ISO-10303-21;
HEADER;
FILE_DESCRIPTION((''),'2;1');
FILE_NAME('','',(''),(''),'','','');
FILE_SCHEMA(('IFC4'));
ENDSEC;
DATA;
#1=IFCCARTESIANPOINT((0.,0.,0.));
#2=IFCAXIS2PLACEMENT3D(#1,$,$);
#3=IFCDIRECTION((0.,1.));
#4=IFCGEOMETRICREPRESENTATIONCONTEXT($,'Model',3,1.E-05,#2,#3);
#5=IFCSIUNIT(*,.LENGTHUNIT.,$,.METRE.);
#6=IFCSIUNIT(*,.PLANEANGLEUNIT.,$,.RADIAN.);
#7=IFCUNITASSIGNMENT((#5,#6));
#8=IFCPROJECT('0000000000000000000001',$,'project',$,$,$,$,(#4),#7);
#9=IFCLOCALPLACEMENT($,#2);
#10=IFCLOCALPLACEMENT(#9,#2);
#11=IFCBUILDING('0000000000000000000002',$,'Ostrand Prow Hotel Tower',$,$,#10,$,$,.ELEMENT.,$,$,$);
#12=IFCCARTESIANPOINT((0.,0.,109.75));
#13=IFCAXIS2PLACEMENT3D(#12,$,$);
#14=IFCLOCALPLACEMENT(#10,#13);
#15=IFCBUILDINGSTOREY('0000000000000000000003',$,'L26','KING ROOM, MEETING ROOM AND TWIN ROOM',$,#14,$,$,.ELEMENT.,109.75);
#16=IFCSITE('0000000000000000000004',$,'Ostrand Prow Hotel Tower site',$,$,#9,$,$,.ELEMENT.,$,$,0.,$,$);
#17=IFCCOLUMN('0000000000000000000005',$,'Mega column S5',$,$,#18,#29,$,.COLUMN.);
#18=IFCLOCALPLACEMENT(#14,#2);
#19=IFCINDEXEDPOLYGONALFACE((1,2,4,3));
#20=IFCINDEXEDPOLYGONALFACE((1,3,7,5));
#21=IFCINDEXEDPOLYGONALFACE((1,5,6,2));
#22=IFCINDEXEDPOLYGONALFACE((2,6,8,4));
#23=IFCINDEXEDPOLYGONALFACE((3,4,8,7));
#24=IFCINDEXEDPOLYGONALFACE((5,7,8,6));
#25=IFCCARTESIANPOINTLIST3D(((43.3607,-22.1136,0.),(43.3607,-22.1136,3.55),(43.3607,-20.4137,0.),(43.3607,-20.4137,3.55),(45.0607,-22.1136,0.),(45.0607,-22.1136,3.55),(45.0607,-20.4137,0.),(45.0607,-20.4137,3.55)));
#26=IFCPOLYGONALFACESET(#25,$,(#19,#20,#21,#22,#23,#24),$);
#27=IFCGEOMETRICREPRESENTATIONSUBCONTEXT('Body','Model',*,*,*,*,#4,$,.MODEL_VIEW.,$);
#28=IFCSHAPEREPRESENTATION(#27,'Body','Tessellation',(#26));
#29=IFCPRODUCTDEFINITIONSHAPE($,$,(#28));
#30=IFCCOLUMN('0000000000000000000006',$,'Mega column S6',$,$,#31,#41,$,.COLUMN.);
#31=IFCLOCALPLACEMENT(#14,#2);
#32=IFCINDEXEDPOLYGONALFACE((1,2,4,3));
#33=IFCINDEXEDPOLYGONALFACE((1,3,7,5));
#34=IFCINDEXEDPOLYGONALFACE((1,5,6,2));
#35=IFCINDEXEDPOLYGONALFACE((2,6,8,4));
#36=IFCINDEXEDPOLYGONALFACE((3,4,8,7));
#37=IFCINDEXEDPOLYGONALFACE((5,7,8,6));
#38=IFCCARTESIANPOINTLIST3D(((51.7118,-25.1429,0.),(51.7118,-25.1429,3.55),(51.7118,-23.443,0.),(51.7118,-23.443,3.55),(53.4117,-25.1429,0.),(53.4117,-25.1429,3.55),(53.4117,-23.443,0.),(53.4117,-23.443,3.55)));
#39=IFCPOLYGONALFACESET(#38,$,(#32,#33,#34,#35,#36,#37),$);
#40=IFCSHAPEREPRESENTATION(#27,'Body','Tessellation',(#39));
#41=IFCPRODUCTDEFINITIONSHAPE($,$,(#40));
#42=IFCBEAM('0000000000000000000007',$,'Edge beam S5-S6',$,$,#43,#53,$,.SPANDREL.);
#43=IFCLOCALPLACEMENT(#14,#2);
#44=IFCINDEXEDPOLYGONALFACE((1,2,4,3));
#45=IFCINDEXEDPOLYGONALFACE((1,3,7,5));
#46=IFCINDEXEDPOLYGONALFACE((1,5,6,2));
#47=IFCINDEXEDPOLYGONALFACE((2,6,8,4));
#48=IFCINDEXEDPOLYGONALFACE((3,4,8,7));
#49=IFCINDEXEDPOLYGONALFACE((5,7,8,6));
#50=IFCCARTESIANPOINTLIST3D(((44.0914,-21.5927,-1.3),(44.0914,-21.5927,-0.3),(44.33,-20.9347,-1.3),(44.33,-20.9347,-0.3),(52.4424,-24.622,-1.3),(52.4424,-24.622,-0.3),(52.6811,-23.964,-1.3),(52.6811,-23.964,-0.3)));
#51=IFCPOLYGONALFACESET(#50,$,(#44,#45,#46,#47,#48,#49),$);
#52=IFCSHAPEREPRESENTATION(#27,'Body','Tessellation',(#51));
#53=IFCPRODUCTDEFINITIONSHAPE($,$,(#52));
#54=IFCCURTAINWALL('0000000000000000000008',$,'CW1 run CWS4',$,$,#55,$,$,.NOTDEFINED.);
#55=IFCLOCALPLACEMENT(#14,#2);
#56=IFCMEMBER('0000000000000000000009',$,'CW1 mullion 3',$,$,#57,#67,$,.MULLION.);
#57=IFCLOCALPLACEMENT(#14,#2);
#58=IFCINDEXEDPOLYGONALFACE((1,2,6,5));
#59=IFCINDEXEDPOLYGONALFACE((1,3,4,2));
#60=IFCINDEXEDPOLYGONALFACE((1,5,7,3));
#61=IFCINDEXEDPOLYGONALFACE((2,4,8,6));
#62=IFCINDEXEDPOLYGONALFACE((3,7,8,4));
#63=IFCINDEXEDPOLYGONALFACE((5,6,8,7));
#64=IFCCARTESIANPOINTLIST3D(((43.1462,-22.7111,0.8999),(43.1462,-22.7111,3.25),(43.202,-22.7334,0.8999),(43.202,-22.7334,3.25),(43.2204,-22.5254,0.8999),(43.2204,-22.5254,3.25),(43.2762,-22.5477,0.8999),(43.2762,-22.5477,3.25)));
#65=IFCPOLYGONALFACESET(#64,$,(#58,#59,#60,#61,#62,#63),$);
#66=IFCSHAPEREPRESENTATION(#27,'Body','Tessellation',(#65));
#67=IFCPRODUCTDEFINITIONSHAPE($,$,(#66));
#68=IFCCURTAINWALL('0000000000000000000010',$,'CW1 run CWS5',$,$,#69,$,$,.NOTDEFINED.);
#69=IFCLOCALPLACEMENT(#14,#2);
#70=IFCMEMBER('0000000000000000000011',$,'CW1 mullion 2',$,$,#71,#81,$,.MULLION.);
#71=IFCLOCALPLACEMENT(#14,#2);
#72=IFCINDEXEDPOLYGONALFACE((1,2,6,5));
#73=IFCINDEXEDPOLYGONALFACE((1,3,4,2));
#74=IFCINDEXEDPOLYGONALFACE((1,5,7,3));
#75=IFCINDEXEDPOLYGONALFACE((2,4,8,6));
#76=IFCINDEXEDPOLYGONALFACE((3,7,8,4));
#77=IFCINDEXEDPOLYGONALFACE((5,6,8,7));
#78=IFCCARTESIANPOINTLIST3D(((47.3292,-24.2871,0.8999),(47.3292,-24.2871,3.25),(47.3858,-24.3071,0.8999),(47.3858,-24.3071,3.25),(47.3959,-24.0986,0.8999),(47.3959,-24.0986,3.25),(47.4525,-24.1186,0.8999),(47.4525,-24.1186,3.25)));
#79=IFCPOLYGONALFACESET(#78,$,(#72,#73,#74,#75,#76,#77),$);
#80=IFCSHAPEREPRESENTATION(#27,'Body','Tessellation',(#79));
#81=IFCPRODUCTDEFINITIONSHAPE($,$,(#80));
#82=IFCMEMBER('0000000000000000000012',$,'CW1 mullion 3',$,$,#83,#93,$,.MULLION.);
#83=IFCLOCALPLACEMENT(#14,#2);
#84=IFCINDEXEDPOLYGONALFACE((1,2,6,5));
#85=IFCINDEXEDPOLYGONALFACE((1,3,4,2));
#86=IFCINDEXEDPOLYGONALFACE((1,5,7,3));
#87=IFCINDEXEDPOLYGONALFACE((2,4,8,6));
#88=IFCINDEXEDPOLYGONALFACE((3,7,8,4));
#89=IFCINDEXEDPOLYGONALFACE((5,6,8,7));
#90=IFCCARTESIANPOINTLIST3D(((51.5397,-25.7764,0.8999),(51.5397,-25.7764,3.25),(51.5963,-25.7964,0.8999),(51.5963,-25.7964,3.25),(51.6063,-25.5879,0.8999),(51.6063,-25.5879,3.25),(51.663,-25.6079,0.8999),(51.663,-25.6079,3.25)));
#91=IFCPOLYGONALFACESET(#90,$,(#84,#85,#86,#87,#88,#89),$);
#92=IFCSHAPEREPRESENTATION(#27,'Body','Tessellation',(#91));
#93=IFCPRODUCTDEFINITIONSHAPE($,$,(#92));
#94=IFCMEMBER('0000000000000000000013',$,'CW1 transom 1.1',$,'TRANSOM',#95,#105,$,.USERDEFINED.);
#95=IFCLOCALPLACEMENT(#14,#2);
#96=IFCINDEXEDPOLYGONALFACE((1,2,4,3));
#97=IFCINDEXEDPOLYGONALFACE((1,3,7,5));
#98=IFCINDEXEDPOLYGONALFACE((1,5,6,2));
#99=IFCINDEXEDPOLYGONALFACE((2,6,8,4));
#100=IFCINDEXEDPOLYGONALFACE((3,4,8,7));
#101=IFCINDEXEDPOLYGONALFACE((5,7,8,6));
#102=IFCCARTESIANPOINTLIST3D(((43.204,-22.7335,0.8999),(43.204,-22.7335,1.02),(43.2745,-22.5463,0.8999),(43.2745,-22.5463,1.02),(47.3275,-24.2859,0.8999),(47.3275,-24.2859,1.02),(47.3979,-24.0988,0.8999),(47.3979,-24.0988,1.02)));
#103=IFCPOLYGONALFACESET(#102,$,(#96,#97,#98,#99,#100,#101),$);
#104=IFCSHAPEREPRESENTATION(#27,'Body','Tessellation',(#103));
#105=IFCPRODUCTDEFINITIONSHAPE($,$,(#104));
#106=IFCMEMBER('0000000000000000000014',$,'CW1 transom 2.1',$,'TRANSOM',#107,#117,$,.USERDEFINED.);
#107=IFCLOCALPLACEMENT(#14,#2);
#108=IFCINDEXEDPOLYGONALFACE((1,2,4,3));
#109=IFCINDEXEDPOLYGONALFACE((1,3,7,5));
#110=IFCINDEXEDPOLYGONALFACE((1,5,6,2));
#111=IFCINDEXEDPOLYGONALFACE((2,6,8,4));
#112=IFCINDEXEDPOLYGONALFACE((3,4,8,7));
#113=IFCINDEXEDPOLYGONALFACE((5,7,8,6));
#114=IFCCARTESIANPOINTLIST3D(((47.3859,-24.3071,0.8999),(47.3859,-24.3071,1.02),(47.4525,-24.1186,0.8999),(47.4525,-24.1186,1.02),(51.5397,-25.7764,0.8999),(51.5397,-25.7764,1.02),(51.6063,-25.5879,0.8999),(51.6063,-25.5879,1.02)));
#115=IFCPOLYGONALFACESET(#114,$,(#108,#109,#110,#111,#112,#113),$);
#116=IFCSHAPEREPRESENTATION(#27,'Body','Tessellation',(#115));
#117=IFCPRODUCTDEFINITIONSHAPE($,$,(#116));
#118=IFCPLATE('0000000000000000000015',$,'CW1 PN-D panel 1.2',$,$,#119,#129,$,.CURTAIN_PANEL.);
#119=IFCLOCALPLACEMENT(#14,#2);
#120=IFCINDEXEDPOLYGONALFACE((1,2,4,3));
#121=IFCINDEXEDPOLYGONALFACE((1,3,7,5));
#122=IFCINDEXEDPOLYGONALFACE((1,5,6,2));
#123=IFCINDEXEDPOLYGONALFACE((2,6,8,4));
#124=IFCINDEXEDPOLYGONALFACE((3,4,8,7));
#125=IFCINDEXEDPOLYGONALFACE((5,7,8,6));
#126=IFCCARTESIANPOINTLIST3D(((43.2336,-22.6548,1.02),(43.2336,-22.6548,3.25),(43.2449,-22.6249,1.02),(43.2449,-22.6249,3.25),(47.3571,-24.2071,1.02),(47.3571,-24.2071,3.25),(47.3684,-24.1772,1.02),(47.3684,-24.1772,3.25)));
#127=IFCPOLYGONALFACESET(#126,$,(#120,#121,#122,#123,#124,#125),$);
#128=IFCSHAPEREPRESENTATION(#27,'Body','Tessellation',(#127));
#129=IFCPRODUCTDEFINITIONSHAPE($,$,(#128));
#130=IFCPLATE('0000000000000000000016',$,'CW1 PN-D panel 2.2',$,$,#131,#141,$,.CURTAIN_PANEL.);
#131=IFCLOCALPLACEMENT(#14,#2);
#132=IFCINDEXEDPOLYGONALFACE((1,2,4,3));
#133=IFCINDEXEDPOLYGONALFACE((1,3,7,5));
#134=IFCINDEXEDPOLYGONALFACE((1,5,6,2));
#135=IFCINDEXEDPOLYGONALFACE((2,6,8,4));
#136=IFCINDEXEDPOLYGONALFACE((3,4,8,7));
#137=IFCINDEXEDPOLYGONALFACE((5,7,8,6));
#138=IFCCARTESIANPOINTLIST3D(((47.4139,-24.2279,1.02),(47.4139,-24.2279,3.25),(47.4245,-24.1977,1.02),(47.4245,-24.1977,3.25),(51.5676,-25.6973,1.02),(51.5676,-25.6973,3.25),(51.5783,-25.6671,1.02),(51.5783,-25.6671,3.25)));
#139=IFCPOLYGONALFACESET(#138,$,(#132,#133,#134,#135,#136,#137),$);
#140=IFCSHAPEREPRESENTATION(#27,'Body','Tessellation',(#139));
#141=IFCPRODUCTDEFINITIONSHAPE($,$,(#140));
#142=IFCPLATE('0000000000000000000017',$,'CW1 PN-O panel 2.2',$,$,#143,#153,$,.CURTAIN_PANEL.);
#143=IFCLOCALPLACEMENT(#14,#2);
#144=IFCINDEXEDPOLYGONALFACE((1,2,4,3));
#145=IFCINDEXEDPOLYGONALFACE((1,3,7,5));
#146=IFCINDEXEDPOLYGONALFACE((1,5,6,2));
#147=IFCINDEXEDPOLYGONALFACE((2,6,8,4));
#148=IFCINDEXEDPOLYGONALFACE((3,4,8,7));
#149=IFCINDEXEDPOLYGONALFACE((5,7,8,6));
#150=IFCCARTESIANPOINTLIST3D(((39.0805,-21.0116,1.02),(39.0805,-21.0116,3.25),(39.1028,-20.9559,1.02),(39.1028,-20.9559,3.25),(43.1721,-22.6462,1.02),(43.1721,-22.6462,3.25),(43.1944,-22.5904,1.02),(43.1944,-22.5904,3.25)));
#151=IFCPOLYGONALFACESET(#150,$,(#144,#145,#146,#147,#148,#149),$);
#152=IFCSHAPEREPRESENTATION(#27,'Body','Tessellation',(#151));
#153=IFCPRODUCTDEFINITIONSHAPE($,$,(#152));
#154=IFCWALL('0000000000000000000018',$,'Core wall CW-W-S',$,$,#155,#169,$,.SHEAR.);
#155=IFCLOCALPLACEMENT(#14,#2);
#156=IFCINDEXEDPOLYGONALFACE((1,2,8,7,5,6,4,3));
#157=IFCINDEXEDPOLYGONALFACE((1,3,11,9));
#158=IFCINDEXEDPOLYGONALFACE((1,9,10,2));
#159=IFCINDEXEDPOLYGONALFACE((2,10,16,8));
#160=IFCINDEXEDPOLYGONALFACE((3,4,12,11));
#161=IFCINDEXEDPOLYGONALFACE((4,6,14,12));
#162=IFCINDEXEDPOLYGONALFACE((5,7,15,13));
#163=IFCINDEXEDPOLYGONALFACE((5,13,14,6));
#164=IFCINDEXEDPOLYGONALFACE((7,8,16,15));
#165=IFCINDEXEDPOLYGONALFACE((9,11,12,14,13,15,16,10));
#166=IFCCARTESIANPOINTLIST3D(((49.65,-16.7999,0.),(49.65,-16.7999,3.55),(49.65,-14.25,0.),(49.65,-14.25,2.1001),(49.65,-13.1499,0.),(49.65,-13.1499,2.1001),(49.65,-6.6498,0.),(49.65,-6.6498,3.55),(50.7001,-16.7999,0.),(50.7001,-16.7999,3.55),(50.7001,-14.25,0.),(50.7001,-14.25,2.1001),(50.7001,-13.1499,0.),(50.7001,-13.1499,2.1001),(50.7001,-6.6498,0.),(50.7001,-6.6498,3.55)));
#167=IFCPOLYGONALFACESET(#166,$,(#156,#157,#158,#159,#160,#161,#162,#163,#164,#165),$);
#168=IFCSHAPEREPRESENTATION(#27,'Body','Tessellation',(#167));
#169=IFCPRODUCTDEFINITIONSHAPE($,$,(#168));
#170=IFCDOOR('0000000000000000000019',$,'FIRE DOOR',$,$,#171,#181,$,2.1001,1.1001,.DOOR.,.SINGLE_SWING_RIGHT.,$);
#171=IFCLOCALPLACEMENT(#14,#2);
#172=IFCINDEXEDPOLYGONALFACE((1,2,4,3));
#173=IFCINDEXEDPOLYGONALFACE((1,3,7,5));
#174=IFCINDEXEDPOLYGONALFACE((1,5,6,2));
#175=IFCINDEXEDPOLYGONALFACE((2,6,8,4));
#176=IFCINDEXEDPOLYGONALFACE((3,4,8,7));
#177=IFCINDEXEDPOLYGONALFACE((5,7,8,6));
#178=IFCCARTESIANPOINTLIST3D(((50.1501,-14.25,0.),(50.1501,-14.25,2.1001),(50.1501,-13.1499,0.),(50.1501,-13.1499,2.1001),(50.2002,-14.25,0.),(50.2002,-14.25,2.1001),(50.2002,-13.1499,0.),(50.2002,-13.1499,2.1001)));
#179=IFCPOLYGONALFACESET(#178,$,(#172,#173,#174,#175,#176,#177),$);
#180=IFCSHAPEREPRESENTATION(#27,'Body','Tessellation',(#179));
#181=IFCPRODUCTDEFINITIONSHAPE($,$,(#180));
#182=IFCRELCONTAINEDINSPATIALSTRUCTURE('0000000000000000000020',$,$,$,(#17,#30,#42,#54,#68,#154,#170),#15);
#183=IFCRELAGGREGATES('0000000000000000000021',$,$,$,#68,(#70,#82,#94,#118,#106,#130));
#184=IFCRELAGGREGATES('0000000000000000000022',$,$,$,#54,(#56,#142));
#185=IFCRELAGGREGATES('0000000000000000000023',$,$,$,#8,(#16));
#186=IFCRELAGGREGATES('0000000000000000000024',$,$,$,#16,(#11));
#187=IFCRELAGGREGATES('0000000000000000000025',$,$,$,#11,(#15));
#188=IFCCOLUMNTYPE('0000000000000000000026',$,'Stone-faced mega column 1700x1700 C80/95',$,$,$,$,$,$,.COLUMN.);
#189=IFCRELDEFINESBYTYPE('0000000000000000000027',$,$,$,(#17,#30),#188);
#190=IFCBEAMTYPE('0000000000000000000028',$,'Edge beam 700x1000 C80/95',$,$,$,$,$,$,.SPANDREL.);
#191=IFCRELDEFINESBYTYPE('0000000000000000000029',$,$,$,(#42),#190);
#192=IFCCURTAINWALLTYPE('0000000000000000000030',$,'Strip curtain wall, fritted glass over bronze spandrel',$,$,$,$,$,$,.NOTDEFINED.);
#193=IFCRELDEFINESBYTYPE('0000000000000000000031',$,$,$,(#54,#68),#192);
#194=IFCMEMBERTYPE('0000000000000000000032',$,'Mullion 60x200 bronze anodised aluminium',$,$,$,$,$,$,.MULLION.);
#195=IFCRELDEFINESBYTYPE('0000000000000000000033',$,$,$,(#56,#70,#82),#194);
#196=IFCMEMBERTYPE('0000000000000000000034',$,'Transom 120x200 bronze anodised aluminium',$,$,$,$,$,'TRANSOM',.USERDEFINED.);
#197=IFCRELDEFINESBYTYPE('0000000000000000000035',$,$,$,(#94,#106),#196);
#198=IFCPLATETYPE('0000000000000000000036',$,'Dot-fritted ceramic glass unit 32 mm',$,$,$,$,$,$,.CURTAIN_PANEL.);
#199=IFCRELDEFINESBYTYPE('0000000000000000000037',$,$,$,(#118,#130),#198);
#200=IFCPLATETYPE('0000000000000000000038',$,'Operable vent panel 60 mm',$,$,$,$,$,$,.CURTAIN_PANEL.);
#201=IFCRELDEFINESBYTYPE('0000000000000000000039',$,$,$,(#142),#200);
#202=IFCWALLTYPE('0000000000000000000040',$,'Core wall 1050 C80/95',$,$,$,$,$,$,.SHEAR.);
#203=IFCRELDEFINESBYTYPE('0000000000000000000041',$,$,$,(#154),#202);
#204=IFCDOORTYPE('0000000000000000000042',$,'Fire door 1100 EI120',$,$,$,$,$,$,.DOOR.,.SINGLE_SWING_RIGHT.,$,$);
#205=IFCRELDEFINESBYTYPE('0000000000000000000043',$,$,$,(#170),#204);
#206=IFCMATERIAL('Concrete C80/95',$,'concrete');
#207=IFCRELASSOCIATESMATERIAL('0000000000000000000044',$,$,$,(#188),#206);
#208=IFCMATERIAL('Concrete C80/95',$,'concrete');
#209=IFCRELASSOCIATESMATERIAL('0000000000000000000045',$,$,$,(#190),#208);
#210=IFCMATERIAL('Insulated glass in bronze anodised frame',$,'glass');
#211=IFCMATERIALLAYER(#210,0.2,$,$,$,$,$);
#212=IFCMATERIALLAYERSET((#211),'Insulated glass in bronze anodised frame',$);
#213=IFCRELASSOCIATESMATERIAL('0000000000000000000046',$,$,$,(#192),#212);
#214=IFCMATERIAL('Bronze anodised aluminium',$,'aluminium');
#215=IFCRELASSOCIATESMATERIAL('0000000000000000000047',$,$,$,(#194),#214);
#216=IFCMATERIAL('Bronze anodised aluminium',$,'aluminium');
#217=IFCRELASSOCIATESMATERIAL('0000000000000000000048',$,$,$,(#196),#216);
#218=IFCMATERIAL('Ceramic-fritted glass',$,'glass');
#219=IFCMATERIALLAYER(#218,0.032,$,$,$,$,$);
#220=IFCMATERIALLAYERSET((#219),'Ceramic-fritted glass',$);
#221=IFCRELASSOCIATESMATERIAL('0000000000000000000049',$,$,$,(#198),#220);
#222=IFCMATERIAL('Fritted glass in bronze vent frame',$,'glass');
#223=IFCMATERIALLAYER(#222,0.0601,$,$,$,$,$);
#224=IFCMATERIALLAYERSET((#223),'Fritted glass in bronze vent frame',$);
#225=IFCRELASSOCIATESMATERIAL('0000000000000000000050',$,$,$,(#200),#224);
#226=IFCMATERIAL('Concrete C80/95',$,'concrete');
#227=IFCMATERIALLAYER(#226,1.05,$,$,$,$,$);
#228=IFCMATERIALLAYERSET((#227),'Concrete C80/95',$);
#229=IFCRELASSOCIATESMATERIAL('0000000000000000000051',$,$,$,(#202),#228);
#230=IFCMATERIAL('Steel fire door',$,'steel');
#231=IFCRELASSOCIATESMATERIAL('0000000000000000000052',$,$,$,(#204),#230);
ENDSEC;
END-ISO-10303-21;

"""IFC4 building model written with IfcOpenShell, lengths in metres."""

from ifc_helpers import new_model, si_unit, direction, frame, frame_2d, origin, origin_2d, place, context, subcontext, project, spatial, rectangle, extrude, material, layer, layer_set, material_profile, profile_set, type_object, element, fill, aggregate, save


model = new_model("IFC4")

# Units and contexts
model_context = context("Model", 3, precision=1e-05, world=origin(), true_north=direction((0.0, 1.0)))
body_context = subcontext(model_context, "Body", "Model", "MODEL_VIEW")
ifc_project = project(units=[si_unit("LENGTHUNIT", "METRE"), si_unit("PLANEANGLEUNIT", "RADIAN")], contexts=[model_context])

# Site, building, storey
site_placement = place(None, origin())
site = spatial("IfcSite", under=ifc_project, at=site_placement, Name="Ostrand Prow Hotel Tower site", CompositionType="ELEMENT", RefElevation=0.0)
building_placement = place(site_placement, origin())
building = spatial("IfcBuilding", under=site, at=building_placement, Name="Ostrand Prow Hotel Tower", CompositionType="ELEMENT")
storey_placement = place(building_placement, frame((0.0, 0.0, 109.75)))
storey = spatial("IfcBuildingStorey", under=building, at=storey_placement, Name="L26", Description="KING ROOM, MEETING ROOM AND TWIN ROOM", CompositionType="ELEMENT", Elevation=109.75)

# Columns
ifc_material_1 = material(Name="Concrete C80/95", Category="concrete")
ifc_material_profile_1 = material_profile(ifc_material_1, rectangle(XDim=1.7, YDim=1.7, at=origin_2d()), Name="RC 1700x1700")
ifc_profile_set_1 = profile_set([ifc_material_profile_1], Name="Concrete C80/95")
column_type = type_object("IfcColumnType", Name="Stone-faced mega column 1700x1700 C80/95", PredefinedType="COLUMN", material=ifc_profile_set_1)
for number, where, z_axis, x_axis, name in (
    (1, (44.2107, -21.2637, 0.0), (0.0, 0.0, 1.0), (1.0, 0.0, 0.0), "Mega column S5"),
    (2, (52.5618, -24.293, 0.0), (0.0, 0.0, 1.0), (1.0, 0.0, 0.0), "Mega column S6"),
):
    element("IfcColumn", number, at=place(storey_placement, frame(where, z_axis=z_axis, x_axis=x_axis)), inside=storey, type_object=column_type, Name=name, PredefinedType="COLUMN", context=body_context, shape_type="SweptSolid", body=[
        extrude(rectangle(XDim=1.7, YDim=1.7, at=origin_2d()), origin(), (0.0, 0.0, 1.0), 3.55),
    ])

# Beam
ifc_material_2 = material(Name="Concrete C80/95", Category="concrete")
ifc_material_profile_2 = material_profile(ifc_material_2, rectangle(XDim=0.7, YDim=1.0, at=origin_2d()), Name="RC 700x1000")
ifc_profile_set_2 = profile_set([ifc_material_profile_2], Name="Concrete C80/95")
beam_type = type_object("IfcBeamType", Name="Edge beam 700x1000 C80/95", PredefinedType="SPANDREL", material=ifc_profile_set_2)
beam_placement = place(storey_placement, frame((44.2107, -21.2637, -0.8), z_axis=(0.940063, -0.341002, 0.0), x_axis=(0.341002, 0.940063, 0.0)))
element("IfcBeam", 3, at=beam_placement, inside=storey, type_object=beam_type, Name="Edge beam S5-S6", PredefinedType="SPANDREL", context=body_context, shape_type="SweptSolid", body=[
    extrude(rectangle(XDim=0.7, YDim=1.0, at=origin_2d()), origin(), (0.0, 0.0, 1.0), 8.8835),
])

# Curtain wall, member
ifc_material_3 = material(Name="Insulated glass in bronze anodised frame", Category="glass")
ifc_layer_1 = layer(ifc_material_3, 0.2)
ifc_layer_set_1 = layer_set([ifc_layer_1], Name="Insulated glass in bronze anodised frame")
curtain_wall_type = type_object("IfcCurtainWallType", Name="Strip curtain wall, fritted glass over bronze spandrel", PredefinedType="NOTDEFINED", material=ifc_layer_set_1)
curtain_wall_1_placement = place(storey_placement, origin())
curtain_wall_1 = element("IfcCurtainWall", 4, at=curtain_wall_1_placement, inside=storey, type_object=curtain_wall_type, Name="CW1 run CWS4", PredefinedType="NOTDEFINED")
ifc_material_4 = material(Name="Bronze anodised aluminium", Category="aluminium")
ifc_material_profile_3 = material_profile(ifc_material_4, rectangle(XDim=0.2, YDim=0.0601, at=origin_2d()), Name="Mullion 60x200 bronze anodised aluminium")
ifc_profile_set_3 = profile_set([ifc_material_profile_3], Name="Bronze anodised aluminium")
member_type_1 = type_object("IfcMemberType", Name="Mullion 60x200 bronze anodised aluminium", PredefinedType="MULLION", material=ifc_profile_set_3)
member_1_placement = place(storey_placement, frame((43.2112, -22.6294, 0.8999), z_axis=(0.0, 0.0, 1.0), x_axis=(0.370982, 0.92864, 0.0)))
member_1 = element("IfcMember", 5, at=member_1_placement, type_object=member_type_1, Name="CW1 mullion 3", PredefinedType="MULLION", context=body_context, shape_type="SweptSolid", body=[
    extrude(rectangle(XDim=0.2, YDim=0.0601, at=origin_2d()), origin(), (0.0, 0.0, 1.0), 2.3501),
])

# Curtain wall, members, plates
curtain_wall_2_placement = place(storey_placement, origin())
curtain_wall_2 = element("IfcCurtainWall", 6, at=curtain_wall_2_placement, inside=storey, type_object=curtain_wall_type, Name="CW1 run CWS5", PredefinedType="NOTDEFINED")
member_2_placement = place(storey_placement, frame((47.3909, -24.2029, 0.8999), z_axis=(0.0, 0.0, 1.0), x_axis=(0.333496, 0.942752, 0.0)))
member_2 = element("IfcMember", 7, at=member_2_placement, type_object=member_type_1, Name="CW1 mullion 2", PredefinedType="MULLION", context=body_context, shape_type="SweptSolid", body=[
    extrude(rectangle(XDim=0.2, YDim=0.0601, at=origin_2d()), origin(), (0.0, 0.0, 1.0), 2.3501),
])
member_3_placement = place(storey_placement, frame((51.6013, -25.6921, 0.8999), z_axis=(0.0, 0.0, 1.0), x_axis=(0.333496, 0.942752, 0.0)))
member_3 = element("IfcMember", 8, at=member_3_placement, type_object=member_type_1, Name="CW1 mullion 3", PredefinedType="MULLION", context=body_context, shape_type="SweptSolid", body=[
    extrude(rectangle(XDim=0.2, YDim=0.0601, at=origin_2d()), origin(), (0.0, 0.0, 1.0), 2.3501),
])
ifc_material_5 = material(Name="Bronze anodised aluminium", Category="aluminium")
ifc_material_profile_4 = material_profile(ifc_material_5, rectangle(XDim=0.2, YDim=0.1201, at=origin_2d()), Name="Transom 120x200 bronze anodised aluminium")
ifc_profile_set_4 = profile_set([ifc_material_profile_4], Name="Bronze anodised aluminium")
member_type_2 = type_object("IfcMemberType", Name="Transom 120x200 bronze anodised aluminium", ElementType="TRANSOM", PredefinedType="USERDEFINED", material=ifc_profile_set_4)
member_4_placement = place(storey_placement, frame((43.2393, -22.6399, 0.96), z_axis=(0.935868, -0.35235, 0.0), x_axis=(0.35235, 0.935868, 0.0)))
member_4 = element("IfcMember", 9, at=member_4_placement, type_object=member_type_2, Name="CW1 transom 1.1", ObjectType="TRANSOM", PredefinedType="USERDEFINED", context=body_context, shape_type="SweptSolid", body=[
    extrude(rectangle(XDim=0.2, YDim=0.1201, at=origin_2d()), origin(), (0.0, 0.0, 1.0), 4.406),
])
member_5_placement = place(storey_placement, frame((47.4192, -24.2129, 0.96), z_axis=(0.942763, -0.333463, 0.0), x_axis=(0.333463, 0.942763, 0.0)))
member_5 = element("IfcMember", 10, at=member_5_placement, type_object=member_type_2, Name="CW1 transom 2.1", ObjectType="TRANSOM", PredefinedType="USERDEFINED", context=body_context, shape_type="SweptSolid", body=[
    extrude(rectangle(XDim=0.2, YDim=0.1201, at=origin_2d()), origin(), (0.0, 0.0, 1.0), 4.406),
])
ifc_material_6 = material(Name="Ceramic-fritted glass", Category="glass")
ifc_layer_2 = layer(ifc_material_6, 0.032)
ifc_layer_set_2 = layer_set([ifc_layer_2], Name="Ceramic-fritted glass")
plate_type_1 = type_object("IfcPlateType", Name="Dot-fritted ceramic glass unit 32 mm", PredefinedType="CURTAIN_PANEL", material=ifc_layer_set_2)
plate_1_placement = place(storey_placement, frame((45.301, -23.416, 1.02), z_axis=(0.0, 0.0, 1.0), x_axis=(0.935884, -0.352309, 0.0)))
plate_1 = element("IfcPlate", 11, at=plate_1_placement, type_object=plate_type_1, Name="CW1 PN-D panel 1.2", PredefinedType="CURTAIN_PANEL", context=body_context, shape_type="SweptSolid", body=[
    extrude(rectangle(XDim=4.406, YDim=0.032, at=origin_2d()), origin(), (0.0, 0.0, 1.0), 2.23),
])
plate_2_placement = place(storey_placement, frame((49.4961, -24.9475, 1.02), z_axis=(0.0, 0.0, 1.0), x_axis=(0.942752, -0.333496, 0.0)))
plate_2 = element("IfcPlate", 12, at=plate_2_placement, type_object=plate_type_1, Name="CW1 PN-D panel 2.2", PredefinedType="CURTAIN_PANEL", context=body_context, shape_type="SweptSolid", body=[
    extrude(rectangle(XDim=4.406, YDim=0.032, at=origin_2d()), origin(), (0.0, 0.0, 1.0), 2.23),
])
aggregate(curtain_wall_2, [member_2, member_3, member_4, plate_1, member_5, plate_2])

# Plate
ifc_material_7 = material(Name="Fritted glass in bronze vent frame", Category="glass")
ifc_layer_3 = layer(ifc_material_7, 0.0601)
ifc_layer_set_3 = layer_set([ifc_layer_3], Name="Fritted glass in bronze vent frame")
plate_type_2 = type_object("IfcPlateType", Name="Operable vent panel 60 mm", PredefinedType="CURTAIN_PANEL", material=ifc_layer_set_3)
plate_3_placement = place(storey_placement, frame((41.1375, -21.801, 1.02), z_axis=(0.0, 0.0, 1.0), x_axis=(0.92864, -0.370982, 0.0)))
plate_3 = element("IfcPlate", 13, at=plate_3_placement, type_object=plate_type_2, Name="CW1 PN-O panel 2.2", PredefinedType="CURTAIN_PANEL", context=body_context, shape_type="SweptSolid", body=[
    extrude(rectangle(XDim=4.406, YDim=0.0601, at=origin_2d()), origin(), (0.0, 0.0, 1.0), 2.23),
])
aggregate(curtain_wall_1, [member_1, plate_3])

# Wall, opening, door
ifc_material_8 = material(Name="Concrete C80/95", Category="concrete")
ifc_layer_4 = layer(ifc_material_8, 1.05)
ifc_layer_set_4 = layer_set([ifc_layer_4], Name="Concrete C80/95")
wall_type_1 = type_object("IfcWallType", Name="Core wall 1050 C80/95", PredefinedType="SHEAR", material=ifc_layer_set_4)
wall_1_placement = place(storey_placement, frame((50.175, -16.8, 0.0), z_axis=(0.0, 0.0, 1.0), x_axis=(0.0, 1.0, 0.0)))
wall_1 = element("IfcWall", 14, at=wall_1_placement, inside=storey, type_object=wall_type_1, Name="Core wall CW-W-S", PredefinedType="SHEAR", context=body_context, shape_type="SweptSolid", body=[
    extrude(rectangle(XDim=10.1501, YDim=1.05, at=frame_2d((5.0752, 0.0))), origin(), (0.0, 0.0, 1.0), 3.55),
])
opening_1_placement = place(wall_1_placement, frame((2.55, 0.0, 0.0)))
opening_1 = element("IfcOpeningElement", 15, at=opening_1_placement, cuts=wall_1, PredefinedType="OPENING", context=body_context, shape_type="SweptSolid", body=[
    extrude(rectangle(XDim=1.1001, YDim=2.1001, at=frame_2d((0.55, 1.05))), frame((0.0, 0.5349, 0.0), z_axis=(0.0, -1.0, 0.0), x_axis=(1.0, 0.0, 0.0)), (0.0, 0.0, 1.0), 1.0701),
])
ifc_material_9 = material(Name="Steel fire door", Category="steel")
door_type_1 = type_object("IfcDoorType", Name="Fire door 1100 EI120", OperationType="SINGLE_SWING_RIGHT", PredefinedType="DOOR", material=ifc_material_9)
door_1_placement = place(opening_1_placement, origin())
door_1 = element("IfcDoor", 16, at=door_1_placement, inside=storey, type_object=door_type_1, Name="FIRE DOOR", OperationType="SINGLE_SWING_RIGHT", OverallHeight=2.1001, OverallWidth=1.1001, PredefinedType="DOOR", context=body_context, shape_type="SweptSolid", body=[
    extrude(rectangle(XDim=1.1001, YDim=2.1001, at=frame_2d((0.55, 1.05))), frame((0.0, 0.0249, 0.0), z_axis=(0.0, -1.0, 0.0), x_axis=(1.0, 0.0, 0.0)), (0.0, 0.0, 1.0), 0.05),
])
fill(opening_1, door_1)

save(model, "model.ifc")
